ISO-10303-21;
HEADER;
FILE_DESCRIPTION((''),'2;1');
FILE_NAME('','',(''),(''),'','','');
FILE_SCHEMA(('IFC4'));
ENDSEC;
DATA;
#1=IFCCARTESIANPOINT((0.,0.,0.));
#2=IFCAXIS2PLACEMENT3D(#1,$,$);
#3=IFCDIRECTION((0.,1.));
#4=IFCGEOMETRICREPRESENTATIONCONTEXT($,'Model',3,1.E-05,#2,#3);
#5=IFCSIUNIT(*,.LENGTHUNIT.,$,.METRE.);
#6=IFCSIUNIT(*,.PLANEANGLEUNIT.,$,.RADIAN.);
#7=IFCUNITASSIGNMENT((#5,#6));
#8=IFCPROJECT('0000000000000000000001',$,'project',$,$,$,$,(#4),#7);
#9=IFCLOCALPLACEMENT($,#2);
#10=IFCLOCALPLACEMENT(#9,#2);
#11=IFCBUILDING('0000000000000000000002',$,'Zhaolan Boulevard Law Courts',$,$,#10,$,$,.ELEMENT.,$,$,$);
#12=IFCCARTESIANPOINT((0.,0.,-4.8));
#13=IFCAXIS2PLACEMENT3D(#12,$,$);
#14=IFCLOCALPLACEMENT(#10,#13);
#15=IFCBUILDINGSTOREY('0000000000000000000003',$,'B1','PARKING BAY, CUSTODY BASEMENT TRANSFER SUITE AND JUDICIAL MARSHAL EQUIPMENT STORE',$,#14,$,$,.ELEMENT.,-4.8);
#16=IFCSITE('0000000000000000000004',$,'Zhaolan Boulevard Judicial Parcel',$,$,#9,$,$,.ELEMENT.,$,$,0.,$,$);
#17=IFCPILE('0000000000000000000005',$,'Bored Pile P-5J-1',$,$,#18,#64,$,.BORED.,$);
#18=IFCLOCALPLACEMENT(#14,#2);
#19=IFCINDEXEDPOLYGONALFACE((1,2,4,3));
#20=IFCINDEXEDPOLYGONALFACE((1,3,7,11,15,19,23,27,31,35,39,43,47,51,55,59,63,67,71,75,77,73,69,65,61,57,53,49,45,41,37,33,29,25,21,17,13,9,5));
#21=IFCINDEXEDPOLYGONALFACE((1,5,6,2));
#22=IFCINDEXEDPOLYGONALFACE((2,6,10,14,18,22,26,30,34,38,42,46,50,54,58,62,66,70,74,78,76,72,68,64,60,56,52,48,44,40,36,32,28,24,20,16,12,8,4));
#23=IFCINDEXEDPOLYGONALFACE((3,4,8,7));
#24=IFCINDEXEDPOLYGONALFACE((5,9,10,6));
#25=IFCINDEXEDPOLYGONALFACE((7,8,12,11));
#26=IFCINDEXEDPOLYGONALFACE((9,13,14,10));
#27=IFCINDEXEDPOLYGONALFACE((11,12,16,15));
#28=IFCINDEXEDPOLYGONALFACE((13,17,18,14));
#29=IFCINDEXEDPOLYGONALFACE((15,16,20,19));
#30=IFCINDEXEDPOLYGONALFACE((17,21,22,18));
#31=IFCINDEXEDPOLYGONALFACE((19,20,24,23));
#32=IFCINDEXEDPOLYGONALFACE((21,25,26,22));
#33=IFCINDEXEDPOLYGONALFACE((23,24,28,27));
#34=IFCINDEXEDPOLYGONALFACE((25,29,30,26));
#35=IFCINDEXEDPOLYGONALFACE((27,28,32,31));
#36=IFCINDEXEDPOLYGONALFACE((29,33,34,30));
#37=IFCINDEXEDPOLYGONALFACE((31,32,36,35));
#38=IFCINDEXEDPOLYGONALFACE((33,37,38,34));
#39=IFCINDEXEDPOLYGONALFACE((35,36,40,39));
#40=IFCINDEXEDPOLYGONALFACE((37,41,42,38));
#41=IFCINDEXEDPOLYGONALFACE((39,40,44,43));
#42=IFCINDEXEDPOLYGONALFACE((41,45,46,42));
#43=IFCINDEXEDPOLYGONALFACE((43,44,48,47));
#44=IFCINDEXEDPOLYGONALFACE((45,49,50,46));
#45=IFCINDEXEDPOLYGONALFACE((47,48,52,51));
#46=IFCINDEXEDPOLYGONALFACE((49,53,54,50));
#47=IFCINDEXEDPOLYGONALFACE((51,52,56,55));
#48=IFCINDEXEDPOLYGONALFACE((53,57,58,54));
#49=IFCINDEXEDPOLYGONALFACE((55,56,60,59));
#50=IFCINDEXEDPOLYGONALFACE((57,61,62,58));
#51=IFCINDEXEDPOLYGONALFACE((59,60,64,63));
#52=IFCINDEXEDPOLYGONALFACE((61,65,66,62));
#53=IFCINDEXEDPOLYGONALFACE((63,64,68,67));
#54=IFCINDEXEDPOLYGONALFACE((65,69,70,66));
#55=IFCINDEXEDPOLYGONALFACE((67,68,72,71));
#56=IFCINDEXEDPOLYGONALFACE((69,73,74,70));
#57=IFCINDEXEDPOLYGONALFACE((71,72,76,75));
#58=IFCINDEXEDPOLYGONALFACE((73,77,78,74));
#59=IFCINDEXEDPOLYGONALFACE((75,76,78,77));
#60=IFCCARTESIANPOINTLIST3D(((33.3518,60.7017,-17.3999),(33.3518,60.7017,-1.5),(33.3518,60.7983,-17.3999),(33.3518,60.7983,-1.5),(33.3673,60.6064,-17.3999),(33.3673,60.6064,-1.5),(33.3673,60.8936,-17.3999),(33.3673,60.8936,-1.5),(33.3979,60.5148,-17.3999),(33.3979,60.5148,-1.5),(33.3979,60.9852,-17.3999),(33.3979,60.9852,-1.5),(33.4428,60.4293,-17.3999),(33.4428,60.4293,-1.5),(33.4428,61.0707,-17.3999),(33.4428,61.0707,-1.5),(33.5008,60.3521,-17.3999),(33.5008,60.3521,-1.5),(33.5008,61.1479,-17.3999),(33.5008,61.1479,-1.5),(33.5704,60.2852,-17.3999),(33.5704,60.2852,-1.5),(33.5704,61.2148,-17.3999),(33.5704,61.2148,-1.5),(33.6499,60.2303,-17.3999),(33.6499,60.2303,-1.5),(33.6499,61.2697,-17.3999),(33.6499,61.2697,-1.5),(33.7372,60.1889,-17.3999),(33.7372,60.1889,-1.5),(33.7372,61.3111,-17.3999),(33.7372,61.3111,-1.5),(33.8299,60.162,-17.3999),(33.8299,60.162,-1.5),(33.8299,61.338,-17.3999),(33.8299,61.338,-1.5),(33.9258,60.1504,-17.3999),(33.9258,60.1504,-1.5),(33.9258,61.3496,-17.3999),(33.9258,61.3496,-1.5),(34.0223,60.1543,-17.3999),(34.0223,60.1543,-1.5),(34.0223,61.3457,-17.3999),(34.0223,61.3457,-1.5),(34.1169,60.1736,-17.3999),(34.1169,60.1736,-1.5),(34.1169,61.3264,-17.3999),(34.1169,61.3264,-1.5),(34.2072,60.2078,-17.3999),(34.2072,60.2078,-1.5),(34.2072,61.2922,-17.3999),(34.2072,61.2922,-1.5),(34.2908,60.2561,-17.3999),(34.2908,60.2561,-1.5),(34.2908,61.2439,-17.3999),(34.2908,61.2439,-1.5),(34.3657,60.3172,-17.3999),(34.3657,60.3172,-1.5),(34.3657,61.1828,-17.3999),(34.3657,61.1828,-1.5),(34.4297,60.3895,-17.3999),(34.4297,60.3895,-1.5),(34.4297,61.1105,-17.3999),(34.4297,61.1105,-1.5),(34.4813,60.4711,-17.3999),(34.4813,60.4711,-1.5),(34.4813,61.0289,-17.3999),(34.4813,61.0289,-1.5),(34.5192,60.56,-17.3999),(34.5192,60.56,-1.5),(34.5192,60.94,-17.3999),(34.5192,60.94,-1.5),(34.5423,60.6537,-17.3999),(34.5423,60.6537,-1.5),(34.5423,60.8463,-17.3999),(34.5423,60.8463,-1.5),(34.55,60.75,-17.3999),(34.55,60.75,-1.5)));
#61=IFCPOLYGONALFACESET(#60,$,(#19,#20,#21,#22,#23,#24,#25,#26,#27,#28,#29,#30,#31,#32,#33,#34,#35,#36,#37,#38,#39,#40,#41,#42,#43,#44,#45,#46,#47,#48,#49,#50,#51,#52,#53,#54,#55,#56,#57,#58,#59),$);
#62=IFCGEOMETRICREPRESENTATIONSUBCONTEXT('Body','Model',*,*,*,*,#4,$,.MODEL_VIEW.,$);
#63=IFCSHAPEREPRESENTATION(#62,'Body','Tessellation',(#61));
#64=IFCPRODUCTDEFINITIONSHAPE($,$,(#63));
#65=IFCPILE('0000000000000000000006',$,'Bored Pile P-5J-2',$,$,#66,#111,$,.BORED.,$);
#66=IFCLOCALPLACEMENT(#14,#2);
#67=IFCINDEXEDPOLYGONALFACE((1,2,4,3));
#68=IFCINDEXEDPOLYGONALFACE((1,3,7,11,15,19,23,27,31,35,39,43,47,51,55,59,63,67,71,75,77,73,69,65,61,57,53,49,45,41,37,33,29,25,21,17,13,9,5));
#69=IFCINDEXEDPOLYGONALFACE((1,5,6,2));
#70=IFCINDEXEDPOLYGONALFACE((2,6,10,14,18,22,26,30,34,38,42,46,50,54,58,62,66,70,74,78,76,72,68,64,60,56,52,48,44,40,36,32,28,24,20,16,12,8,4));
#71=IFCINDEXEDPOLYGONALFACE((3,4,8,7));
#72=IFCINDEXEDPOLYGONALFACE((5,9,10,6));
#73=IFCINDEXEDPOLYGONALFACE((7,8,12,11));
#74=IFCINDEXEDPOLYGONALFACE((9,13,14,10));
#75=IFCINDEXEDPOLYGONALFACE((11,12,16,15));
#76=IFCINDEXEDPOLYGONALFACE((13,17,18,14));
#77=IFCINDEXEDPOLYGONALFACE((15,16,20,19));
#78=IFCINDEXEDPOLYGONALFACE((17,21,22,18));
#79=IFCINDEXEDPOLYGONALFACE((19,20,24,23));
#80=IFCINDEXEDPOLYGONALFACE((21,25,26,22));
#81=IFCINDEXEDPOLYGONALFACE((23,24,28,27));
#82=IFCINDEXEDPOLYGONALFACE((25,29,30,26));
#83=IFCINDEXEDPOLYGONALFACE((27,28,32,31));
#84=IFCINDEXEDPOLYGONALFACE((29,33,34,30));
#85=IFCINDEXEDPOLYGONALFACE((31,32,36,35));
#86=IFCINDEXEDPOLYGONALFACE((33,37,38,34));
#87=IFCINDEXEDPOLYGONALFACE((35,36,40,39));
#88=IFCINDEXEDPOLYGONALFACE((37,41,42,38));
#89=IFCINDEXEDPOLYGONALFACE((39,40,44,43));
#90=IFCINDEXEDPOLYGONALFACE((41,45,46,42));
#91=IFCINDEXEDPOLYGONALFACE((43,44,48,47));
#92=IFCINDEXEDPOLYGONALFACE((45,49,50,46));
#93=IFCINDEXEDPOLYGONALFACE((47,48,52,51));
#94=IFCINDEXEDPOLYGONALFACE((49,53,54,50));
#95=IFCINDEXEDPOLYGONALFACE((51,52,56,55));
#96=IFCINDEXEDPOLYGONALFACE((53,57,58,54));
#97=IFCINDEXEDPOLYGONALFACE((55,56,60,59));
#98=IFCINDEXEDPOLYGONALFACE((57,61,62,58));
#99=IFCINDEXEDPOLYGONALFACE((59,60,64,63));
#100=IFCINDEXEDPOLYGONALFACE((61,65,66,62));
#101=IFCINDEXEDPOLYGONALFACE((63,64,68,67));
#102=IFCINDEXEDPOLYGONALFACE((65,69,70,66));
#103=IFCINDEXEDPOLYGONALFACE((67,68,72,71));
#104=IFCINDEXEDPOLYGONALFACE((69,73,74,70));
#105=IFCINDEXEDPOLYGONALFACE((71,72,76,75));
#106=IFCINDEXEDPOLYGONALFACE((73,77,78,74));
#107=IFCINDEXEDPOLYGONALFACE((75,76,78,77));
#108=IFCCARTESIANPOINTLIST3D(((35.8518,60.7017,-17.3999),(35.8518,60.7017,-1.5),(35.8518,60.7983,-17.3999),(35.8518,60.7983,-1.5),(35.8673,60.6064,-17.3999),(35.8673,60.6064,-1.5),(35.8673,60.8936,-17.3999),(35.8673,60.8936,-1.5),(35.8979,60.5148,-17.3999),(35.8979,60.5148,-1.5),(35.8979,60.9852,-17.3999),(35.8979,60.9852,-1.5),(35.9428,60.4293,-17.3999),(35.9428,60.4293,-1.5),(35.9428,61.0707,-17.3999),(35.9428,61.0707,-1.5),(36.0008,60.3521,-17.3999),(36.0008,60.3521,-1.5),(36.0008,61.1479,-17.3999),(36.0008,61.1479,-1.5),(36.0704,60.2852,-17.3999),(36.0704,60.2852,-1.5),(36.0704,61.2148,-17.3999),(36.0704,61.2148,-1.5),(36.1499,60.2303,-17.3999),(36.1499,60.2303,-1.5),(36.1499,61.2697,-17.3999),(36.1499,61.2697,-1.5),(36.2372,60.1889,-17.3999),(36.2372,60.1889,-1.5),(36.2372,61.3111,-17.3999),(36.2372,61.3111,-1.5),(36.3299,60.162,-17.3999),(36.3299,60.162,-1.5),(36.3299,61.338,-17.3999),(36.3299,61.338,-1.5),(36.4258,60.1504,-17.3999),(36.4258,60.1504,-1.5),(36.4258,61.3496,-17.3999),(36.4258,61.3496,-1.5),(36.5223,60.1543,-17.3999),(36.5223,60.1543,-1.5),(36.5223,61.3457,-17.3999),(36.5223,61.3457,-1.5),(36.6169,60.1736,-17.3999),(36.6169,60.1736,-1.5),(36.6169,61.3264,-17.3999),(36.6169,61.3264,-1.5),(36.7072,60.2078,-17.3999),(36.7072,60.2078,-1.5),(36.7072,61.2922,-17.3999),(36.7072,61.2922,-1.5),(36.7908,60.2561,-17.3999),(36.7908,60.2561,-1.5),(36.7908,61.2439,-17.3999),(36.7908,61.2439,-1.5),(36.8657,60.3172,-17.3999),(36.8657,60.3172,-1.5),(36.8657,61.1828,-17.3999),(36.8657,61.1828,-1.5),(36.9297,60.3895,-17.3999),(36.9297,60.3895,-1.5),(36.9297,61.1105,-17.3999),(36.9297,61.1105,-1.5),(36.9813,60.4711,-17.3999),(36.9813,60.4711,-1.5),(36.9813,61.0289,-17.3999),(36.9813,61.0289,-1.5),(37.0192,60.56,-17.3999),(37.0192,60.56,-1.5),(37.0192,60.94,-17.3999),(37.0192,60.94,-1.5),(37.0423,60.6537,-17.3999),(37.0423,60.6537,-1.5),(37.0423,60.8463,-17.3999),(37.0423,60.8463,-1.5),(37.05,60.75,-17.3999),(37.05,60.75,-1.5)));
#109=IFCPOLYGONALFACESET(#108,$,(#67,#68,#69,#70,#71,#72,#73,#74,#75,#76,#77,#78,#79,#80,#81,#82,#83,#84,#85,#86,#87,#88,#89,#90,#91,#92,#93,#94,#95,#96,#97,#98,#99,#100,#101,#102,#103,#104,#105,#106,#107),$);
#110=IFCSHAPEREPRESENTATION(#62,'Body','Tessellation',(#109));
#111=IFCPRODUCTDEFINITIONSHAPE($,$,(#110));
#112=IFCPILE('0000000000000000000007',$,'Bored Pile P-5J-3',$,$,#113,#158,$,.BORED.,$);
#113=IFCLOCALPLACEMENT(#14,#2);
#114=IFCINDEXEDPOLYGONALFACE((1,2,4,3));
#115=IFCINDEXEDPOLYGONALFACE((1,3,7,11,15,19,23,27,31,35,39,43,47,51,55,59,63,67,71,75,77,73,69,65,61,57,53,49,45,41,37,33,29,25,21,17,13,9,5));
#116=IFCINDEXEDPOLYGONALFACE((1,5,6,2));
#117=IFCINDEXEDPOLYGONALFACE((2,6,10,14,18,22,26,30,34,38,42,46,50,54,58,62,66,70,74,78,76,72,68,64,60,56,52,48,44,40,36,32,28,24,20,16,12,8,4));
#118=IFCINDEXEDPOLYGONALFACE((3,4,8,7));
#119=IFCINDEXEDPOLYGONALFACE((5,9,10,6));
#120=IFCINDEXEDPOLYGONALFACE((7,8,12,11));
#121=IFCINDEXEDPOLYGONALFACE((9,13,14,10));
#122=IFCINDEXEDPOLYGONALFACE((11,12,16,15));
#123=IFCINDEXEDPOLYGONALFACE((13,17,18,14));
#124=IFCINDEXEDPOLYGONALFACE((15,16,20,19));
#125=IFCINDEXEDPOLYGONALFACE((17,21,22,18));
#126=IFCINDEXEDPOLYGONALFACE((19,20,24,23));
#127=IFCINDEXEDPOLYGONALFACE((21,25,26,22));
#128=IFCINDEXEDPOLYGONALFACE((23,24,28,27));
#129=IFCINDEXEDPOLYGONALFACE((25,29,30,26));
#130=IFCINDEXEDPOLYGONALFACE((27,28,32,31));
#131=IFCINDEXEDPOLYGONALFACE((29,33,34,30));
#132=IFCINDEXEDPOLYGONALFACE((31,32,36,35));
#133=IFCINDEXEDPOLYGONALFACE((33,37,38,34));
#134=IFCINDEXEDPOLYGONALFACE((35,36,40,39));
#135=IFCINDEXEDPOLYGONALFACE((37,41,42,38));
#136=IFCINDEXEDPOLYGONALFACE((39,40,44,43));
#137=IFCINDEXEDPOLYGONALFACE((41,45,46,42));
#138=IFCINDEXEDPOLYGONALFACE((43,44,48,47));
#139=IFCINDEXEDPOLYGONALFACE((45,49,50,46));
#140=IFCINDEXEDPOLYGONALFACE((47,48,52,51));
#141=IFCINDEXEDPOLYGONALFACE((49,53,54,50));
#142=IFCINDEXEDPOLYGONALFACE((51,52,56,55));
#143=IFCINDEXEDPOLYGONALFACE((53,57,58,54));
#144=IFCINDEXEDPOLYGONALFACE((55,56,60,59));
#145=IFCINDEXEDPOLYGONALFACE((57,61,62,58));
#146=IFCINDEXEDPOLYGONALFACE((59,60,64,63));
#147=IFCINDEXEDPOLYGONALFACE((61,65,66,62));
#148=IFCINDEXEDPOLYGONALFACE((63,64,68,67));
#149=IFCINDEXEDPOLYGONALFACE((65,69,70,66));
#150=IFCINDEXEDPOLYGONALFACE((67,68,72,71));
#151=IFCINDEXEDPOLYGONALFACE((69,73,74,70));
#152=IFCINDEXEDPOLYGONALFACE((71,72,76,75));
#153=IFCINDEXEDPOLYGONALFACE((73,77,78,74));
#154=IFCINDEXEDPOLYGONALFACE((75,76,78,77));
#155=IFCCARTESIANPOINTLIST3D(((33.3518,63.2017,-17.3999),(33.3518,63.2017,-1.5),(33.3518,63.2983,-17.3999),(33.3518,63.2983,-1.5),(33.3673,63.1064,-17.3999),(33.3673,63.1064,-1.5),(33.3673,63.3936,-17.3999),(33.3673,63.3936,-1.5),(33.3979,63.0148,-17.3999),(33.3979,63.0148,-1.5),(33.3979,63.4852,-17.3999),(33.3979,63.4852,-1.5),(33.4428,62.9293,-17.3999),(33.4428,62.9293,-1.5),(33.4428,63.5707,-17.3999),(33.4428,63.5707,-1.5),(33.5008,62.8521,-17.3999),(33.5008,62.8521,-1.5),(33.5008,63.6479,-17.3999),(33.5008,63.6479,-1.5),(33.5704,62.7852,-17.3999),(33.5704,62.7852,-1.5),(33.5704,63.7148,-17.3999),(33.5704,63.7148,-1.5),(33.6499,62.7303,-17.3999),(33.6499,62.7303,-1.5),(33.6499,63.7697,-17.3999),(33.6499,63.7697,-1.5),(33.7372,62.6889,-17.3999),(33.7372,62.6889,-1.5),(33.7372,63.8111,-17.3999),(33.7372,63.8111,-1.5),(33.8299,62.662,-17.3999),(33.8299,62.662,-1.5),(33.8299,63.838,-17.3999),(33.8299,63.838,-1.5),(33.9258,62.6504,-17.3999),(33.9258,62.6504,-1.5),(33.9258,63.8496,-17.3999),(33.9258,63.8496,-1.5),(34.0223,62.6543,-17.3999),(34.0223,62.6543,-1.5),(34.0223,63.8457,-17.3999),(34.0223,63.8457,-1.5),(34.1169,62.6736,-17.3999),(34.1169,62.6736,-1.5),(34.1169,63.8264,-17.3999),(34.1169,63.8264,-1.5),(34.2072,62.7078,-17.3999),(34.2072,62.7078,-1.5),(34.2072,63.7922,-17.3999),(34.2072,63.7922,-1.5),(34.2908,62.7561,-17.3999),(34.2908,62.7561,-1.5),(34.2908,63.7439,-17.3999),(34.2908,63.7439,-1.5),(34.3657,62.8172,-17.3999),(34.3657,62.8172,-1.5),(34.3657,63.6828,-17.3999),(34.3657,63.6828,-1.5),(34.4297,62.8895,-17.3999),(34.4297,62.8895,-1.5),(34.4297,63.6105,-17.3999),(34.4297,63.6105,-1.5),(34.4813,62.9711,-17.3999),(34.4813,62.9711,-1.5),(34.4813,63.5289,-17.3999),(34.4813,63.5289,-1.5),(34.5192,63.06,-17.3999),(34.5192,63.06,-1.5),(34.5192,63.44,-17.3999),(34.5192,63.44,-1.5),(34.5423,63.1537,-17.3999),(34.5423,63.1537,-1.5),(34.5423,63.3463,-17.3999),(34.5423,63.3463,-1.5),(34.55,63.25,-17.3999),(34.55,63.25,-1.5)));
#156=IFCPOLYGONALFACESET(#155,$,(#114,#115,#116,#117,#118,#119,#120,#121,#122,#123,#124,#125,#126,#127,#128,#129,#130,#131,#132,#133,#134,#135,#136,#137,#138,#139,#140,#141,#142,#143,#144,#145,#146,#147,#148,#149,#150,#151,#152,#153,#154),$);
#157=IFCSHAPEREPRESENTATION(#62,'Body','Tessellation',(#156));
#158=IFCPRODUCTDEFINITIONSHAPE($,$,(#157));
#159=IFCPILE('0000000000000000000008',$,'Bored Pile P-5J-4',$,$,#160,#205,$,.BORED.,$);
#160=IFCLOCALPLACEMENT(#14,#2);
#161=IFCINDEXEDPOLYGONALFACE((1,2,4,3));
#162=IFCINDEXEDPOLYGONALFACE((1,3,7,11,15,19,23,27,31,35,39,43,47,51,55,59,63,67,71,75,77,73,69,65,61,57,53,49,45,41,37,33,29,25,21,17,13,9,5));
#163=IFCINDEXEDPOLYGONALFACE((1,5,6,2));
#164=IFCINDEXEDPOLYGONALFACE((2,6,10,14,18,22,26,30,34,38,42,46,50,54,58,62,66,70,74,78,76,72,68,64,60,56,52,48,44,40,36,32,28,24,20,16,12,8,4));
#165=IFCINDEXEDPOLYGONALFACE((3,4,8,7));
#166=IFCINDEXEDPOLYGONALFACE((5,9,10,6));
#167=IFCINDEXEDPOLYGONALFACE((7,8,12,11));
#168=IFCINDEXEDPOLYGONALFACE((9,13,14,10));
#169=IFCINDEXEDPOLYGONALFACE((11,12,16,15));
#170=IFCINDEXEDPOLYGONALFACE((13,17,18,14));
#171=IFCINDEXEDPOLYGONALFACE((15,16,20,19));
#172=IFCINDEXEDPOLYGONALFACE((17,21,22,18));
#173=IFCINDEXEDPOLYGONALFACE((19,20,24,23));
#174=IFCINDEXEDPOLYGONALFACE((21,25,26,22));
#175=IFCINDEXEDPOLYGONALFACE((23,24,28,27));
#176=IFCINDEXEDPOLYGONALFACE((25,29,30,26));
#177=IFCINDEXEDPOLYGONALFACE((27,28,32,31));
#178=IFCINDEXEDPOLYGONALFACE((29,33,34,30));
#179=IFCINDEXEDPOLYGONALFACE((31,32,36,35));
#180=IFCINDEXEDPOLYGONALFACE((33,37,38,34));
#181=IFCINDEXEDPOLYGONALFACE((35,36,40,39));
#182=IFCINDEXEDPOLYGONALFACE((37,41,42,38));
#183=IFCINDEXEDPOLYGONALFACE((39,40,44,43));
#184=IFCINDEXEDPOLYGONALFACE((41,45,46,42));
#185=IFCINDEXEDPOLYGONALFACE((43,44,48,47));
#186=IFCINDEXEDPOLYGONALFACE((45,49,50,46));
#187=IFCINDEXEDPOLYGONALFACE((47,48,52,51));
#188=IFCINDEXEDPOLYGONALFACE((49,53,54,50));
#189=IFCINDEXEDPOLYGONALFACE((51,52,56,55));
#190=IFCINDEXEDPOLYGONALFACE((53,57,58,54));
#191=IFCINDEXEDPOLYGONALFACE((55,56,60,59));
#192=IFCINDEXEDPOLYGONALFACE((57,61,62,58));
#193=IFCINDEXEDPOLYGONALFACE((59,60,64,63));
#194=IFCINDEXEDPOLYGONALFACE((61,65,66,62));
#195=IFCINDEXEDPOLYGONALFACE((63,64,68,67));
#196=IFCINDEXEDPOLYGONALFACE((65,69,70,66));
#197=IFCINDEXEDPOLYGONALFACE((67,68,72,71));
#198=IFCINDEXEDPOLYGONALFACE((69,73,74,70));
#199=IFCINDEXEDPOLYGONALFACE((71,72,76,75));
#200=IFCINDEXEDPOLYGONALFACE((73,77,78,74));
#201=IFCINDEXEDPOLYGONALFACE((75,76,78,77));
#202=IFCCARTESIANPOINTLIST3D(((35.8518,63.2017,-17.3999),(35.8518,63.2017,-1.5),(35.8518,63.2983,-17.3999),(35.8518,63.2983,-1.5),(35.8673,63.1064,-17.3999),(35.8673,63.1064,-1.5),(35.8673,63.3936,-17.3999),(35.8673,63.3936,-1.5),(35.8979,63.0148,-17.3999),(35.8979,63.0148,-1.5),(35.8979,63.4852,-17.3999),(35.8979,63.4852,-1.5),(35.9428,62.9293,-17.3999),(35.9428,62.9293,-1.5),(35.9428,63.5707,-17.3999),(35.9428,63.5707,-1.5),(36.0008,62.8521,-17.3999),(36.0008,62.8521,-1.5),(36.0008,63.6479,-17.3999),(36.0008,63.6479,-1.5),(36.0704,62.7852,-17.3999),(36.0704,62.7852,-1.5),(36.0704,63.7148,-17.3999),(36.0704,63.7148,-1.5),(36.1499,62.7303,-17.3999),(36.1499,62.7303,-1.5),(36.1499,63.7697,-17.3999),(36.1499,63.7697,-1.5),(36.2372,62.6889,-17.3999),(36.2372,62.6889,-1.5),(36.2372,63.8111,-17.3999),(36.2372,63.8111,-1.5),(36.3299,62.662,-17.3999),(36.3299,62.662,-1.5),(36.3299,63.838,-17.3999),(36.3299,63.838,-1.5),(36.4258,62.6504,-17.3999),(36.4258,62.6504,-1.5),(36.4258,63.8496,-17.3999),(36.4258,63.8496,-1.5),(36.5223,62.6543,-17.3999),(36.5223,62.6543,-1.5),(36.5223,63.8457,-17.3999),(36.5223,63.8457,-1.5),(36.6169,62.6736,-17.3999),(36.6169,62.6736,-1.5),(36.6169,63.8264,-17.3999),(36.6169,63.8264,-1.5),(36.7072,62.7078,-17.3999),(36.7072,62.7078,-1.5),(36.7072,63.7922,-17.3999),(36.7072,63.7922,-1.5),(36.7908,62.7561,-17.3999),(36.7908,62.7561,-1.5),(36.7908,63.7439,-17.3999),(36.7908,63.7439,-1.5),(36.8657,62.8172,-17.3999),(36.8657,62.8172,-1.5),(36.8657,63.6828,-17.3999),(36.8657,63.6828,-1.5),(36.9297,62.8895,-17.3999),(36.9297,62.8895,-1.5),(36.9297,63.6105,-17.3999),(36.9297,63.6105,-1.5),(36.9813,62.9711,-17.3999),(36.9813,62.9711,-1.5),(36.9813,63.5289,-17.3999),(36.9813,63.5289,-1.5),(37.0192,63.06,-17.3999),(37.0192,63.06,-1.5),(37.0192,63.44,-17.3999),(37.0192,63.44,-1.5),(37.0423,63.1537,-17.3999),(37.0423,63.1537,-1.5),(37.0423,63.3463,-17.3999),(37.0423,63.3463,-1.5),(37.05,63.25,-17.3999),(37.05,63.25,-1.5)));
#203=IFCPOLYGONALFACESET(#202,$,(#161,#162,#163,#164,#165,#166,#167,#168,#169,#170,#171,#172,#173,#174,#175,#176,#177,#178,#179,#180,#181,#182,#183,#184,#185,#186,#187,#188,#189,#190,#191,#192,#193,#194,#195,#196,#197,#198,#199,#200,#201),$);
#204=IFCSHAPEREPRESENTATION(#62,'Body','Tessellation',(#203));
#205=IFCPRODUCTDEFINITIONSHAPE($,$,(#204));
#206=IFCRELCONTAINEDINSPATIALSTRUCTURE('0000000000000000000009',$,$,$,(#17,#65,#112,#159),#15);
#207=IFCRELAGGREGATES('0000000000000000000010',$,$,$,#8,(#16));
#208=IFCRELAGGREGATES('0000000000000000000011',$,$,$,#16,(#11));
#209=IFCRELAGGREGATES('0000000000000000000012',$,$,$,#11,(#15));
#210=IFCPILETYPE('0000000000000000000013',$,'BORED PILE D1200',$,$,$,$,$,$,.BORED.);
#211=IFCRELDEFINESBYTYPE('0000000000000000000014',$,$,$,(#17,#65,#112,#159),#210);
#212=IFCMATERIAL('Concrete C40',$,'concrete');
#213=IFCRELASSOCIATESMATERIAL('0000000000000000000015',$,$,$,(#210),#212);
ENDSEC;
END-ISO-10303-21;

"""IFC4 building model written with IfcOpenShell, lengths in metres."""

from ifc_helpers import new_model, si_unit, direction, frame, origin, origin_2d, place, context, subcontext, project, spatial, circle, extrude, material, material_profile, profile_set, type_object, element, save


model = new_model("IFC4")

# Units and contexts
model_context = context("Model", 3, precision=1e-05, world=origin(), true_north=direction((0.0, 1.0)))
body_context = subcontext(model_context, "Body", "Model", "MODEL_VIEW")
ifc_project = project(units=[si_unit("LENGTHUNIT", "METRE"), si_unit("PLANEANGLEUNIT", "RADIAN")], contexts=[model_context])

# Site, building, storey
site_placement = place(None, origin())
site = spatial("IfcSite", under=ifc_project, at=site_placement, Name="Zhaolan Boulevard Judicial Parcel", CompositionType="ELEMENT", RefElevation=0.0)
building_placement = place(site_placement, origin())
building = spatial("IfcBuilding", under=site, at=building_placement, Name="Zhaolan Boulevard Law Courts", CompositionType="ELEMENT")
storey_placement = place(building_placement, frame((0.0, 0.0, -4.8)))
storey = spatial("IfcBuildingStorey", under=building, at=storey_placement, Name="B1", Description="PARKING BAY, CUSTODY BASEMENT TRANSFER SUITE AND JUDICIAL MARSHAL EQUIPMENT STORE", CompositionType="ELEMENT", Elevation=-4.8)

# Piles
ifc_material_1 = material(Name="Concrete C40", Category="concrete")
ifc_material_profile_1 = material_profile(ifc_material_1, circle(Radius=0.6001, at=origin_2d()), Name="PILE-D1200")
ifc_profile_set_1 = profile_set([ifc_material_profile_1], Name="Concrete C40")
pile_type_1 = type_object("IfcPileType", Name="BORED PILE D1200", PredefinedType="BORED", material=ifc_profile_set_1)
for number, where, z_axis, x_axis, name in (
    (1, (33.95, 60.75, -1.5), (0.0, 0.0, -1.0), (1.0, 0.0, 0.0), "Bored Pile P-5J-1"),
    (2, (36.45, 60.75, -1.5), (0.0, 0.0, -1.0), (1.0, 0.0, 0.0), "Bored Pile P-5J-2"),
    (3, (33.95, 63.25, -1.5), (0.0, 0.0, -1.0), (1.0, 0.0, 0.0), "Bored Pile P-5J-3"),
    (4, (36.45, 63.25, -1.5), (0.0, 0.0, -1.0), (1.0, 0.0, 0.0), "Bored Pile P-5J-4"),
):
    element("IfcPile", number, at=place(storey_placement, frame(where, z_axis=z_axis, x_axis=x_axis)), inside=storey, type_object=pile_type_1, Name=name, PredefinedType="BORED", context=body_context, shape_type="SweptSolid", body=[
        extrude(circle(Radius=0.6001, at=origin_2d()), origin(), (0.0, 0.0, 1.0), 15.8999),
    ])

save(model, "model.ifc")
